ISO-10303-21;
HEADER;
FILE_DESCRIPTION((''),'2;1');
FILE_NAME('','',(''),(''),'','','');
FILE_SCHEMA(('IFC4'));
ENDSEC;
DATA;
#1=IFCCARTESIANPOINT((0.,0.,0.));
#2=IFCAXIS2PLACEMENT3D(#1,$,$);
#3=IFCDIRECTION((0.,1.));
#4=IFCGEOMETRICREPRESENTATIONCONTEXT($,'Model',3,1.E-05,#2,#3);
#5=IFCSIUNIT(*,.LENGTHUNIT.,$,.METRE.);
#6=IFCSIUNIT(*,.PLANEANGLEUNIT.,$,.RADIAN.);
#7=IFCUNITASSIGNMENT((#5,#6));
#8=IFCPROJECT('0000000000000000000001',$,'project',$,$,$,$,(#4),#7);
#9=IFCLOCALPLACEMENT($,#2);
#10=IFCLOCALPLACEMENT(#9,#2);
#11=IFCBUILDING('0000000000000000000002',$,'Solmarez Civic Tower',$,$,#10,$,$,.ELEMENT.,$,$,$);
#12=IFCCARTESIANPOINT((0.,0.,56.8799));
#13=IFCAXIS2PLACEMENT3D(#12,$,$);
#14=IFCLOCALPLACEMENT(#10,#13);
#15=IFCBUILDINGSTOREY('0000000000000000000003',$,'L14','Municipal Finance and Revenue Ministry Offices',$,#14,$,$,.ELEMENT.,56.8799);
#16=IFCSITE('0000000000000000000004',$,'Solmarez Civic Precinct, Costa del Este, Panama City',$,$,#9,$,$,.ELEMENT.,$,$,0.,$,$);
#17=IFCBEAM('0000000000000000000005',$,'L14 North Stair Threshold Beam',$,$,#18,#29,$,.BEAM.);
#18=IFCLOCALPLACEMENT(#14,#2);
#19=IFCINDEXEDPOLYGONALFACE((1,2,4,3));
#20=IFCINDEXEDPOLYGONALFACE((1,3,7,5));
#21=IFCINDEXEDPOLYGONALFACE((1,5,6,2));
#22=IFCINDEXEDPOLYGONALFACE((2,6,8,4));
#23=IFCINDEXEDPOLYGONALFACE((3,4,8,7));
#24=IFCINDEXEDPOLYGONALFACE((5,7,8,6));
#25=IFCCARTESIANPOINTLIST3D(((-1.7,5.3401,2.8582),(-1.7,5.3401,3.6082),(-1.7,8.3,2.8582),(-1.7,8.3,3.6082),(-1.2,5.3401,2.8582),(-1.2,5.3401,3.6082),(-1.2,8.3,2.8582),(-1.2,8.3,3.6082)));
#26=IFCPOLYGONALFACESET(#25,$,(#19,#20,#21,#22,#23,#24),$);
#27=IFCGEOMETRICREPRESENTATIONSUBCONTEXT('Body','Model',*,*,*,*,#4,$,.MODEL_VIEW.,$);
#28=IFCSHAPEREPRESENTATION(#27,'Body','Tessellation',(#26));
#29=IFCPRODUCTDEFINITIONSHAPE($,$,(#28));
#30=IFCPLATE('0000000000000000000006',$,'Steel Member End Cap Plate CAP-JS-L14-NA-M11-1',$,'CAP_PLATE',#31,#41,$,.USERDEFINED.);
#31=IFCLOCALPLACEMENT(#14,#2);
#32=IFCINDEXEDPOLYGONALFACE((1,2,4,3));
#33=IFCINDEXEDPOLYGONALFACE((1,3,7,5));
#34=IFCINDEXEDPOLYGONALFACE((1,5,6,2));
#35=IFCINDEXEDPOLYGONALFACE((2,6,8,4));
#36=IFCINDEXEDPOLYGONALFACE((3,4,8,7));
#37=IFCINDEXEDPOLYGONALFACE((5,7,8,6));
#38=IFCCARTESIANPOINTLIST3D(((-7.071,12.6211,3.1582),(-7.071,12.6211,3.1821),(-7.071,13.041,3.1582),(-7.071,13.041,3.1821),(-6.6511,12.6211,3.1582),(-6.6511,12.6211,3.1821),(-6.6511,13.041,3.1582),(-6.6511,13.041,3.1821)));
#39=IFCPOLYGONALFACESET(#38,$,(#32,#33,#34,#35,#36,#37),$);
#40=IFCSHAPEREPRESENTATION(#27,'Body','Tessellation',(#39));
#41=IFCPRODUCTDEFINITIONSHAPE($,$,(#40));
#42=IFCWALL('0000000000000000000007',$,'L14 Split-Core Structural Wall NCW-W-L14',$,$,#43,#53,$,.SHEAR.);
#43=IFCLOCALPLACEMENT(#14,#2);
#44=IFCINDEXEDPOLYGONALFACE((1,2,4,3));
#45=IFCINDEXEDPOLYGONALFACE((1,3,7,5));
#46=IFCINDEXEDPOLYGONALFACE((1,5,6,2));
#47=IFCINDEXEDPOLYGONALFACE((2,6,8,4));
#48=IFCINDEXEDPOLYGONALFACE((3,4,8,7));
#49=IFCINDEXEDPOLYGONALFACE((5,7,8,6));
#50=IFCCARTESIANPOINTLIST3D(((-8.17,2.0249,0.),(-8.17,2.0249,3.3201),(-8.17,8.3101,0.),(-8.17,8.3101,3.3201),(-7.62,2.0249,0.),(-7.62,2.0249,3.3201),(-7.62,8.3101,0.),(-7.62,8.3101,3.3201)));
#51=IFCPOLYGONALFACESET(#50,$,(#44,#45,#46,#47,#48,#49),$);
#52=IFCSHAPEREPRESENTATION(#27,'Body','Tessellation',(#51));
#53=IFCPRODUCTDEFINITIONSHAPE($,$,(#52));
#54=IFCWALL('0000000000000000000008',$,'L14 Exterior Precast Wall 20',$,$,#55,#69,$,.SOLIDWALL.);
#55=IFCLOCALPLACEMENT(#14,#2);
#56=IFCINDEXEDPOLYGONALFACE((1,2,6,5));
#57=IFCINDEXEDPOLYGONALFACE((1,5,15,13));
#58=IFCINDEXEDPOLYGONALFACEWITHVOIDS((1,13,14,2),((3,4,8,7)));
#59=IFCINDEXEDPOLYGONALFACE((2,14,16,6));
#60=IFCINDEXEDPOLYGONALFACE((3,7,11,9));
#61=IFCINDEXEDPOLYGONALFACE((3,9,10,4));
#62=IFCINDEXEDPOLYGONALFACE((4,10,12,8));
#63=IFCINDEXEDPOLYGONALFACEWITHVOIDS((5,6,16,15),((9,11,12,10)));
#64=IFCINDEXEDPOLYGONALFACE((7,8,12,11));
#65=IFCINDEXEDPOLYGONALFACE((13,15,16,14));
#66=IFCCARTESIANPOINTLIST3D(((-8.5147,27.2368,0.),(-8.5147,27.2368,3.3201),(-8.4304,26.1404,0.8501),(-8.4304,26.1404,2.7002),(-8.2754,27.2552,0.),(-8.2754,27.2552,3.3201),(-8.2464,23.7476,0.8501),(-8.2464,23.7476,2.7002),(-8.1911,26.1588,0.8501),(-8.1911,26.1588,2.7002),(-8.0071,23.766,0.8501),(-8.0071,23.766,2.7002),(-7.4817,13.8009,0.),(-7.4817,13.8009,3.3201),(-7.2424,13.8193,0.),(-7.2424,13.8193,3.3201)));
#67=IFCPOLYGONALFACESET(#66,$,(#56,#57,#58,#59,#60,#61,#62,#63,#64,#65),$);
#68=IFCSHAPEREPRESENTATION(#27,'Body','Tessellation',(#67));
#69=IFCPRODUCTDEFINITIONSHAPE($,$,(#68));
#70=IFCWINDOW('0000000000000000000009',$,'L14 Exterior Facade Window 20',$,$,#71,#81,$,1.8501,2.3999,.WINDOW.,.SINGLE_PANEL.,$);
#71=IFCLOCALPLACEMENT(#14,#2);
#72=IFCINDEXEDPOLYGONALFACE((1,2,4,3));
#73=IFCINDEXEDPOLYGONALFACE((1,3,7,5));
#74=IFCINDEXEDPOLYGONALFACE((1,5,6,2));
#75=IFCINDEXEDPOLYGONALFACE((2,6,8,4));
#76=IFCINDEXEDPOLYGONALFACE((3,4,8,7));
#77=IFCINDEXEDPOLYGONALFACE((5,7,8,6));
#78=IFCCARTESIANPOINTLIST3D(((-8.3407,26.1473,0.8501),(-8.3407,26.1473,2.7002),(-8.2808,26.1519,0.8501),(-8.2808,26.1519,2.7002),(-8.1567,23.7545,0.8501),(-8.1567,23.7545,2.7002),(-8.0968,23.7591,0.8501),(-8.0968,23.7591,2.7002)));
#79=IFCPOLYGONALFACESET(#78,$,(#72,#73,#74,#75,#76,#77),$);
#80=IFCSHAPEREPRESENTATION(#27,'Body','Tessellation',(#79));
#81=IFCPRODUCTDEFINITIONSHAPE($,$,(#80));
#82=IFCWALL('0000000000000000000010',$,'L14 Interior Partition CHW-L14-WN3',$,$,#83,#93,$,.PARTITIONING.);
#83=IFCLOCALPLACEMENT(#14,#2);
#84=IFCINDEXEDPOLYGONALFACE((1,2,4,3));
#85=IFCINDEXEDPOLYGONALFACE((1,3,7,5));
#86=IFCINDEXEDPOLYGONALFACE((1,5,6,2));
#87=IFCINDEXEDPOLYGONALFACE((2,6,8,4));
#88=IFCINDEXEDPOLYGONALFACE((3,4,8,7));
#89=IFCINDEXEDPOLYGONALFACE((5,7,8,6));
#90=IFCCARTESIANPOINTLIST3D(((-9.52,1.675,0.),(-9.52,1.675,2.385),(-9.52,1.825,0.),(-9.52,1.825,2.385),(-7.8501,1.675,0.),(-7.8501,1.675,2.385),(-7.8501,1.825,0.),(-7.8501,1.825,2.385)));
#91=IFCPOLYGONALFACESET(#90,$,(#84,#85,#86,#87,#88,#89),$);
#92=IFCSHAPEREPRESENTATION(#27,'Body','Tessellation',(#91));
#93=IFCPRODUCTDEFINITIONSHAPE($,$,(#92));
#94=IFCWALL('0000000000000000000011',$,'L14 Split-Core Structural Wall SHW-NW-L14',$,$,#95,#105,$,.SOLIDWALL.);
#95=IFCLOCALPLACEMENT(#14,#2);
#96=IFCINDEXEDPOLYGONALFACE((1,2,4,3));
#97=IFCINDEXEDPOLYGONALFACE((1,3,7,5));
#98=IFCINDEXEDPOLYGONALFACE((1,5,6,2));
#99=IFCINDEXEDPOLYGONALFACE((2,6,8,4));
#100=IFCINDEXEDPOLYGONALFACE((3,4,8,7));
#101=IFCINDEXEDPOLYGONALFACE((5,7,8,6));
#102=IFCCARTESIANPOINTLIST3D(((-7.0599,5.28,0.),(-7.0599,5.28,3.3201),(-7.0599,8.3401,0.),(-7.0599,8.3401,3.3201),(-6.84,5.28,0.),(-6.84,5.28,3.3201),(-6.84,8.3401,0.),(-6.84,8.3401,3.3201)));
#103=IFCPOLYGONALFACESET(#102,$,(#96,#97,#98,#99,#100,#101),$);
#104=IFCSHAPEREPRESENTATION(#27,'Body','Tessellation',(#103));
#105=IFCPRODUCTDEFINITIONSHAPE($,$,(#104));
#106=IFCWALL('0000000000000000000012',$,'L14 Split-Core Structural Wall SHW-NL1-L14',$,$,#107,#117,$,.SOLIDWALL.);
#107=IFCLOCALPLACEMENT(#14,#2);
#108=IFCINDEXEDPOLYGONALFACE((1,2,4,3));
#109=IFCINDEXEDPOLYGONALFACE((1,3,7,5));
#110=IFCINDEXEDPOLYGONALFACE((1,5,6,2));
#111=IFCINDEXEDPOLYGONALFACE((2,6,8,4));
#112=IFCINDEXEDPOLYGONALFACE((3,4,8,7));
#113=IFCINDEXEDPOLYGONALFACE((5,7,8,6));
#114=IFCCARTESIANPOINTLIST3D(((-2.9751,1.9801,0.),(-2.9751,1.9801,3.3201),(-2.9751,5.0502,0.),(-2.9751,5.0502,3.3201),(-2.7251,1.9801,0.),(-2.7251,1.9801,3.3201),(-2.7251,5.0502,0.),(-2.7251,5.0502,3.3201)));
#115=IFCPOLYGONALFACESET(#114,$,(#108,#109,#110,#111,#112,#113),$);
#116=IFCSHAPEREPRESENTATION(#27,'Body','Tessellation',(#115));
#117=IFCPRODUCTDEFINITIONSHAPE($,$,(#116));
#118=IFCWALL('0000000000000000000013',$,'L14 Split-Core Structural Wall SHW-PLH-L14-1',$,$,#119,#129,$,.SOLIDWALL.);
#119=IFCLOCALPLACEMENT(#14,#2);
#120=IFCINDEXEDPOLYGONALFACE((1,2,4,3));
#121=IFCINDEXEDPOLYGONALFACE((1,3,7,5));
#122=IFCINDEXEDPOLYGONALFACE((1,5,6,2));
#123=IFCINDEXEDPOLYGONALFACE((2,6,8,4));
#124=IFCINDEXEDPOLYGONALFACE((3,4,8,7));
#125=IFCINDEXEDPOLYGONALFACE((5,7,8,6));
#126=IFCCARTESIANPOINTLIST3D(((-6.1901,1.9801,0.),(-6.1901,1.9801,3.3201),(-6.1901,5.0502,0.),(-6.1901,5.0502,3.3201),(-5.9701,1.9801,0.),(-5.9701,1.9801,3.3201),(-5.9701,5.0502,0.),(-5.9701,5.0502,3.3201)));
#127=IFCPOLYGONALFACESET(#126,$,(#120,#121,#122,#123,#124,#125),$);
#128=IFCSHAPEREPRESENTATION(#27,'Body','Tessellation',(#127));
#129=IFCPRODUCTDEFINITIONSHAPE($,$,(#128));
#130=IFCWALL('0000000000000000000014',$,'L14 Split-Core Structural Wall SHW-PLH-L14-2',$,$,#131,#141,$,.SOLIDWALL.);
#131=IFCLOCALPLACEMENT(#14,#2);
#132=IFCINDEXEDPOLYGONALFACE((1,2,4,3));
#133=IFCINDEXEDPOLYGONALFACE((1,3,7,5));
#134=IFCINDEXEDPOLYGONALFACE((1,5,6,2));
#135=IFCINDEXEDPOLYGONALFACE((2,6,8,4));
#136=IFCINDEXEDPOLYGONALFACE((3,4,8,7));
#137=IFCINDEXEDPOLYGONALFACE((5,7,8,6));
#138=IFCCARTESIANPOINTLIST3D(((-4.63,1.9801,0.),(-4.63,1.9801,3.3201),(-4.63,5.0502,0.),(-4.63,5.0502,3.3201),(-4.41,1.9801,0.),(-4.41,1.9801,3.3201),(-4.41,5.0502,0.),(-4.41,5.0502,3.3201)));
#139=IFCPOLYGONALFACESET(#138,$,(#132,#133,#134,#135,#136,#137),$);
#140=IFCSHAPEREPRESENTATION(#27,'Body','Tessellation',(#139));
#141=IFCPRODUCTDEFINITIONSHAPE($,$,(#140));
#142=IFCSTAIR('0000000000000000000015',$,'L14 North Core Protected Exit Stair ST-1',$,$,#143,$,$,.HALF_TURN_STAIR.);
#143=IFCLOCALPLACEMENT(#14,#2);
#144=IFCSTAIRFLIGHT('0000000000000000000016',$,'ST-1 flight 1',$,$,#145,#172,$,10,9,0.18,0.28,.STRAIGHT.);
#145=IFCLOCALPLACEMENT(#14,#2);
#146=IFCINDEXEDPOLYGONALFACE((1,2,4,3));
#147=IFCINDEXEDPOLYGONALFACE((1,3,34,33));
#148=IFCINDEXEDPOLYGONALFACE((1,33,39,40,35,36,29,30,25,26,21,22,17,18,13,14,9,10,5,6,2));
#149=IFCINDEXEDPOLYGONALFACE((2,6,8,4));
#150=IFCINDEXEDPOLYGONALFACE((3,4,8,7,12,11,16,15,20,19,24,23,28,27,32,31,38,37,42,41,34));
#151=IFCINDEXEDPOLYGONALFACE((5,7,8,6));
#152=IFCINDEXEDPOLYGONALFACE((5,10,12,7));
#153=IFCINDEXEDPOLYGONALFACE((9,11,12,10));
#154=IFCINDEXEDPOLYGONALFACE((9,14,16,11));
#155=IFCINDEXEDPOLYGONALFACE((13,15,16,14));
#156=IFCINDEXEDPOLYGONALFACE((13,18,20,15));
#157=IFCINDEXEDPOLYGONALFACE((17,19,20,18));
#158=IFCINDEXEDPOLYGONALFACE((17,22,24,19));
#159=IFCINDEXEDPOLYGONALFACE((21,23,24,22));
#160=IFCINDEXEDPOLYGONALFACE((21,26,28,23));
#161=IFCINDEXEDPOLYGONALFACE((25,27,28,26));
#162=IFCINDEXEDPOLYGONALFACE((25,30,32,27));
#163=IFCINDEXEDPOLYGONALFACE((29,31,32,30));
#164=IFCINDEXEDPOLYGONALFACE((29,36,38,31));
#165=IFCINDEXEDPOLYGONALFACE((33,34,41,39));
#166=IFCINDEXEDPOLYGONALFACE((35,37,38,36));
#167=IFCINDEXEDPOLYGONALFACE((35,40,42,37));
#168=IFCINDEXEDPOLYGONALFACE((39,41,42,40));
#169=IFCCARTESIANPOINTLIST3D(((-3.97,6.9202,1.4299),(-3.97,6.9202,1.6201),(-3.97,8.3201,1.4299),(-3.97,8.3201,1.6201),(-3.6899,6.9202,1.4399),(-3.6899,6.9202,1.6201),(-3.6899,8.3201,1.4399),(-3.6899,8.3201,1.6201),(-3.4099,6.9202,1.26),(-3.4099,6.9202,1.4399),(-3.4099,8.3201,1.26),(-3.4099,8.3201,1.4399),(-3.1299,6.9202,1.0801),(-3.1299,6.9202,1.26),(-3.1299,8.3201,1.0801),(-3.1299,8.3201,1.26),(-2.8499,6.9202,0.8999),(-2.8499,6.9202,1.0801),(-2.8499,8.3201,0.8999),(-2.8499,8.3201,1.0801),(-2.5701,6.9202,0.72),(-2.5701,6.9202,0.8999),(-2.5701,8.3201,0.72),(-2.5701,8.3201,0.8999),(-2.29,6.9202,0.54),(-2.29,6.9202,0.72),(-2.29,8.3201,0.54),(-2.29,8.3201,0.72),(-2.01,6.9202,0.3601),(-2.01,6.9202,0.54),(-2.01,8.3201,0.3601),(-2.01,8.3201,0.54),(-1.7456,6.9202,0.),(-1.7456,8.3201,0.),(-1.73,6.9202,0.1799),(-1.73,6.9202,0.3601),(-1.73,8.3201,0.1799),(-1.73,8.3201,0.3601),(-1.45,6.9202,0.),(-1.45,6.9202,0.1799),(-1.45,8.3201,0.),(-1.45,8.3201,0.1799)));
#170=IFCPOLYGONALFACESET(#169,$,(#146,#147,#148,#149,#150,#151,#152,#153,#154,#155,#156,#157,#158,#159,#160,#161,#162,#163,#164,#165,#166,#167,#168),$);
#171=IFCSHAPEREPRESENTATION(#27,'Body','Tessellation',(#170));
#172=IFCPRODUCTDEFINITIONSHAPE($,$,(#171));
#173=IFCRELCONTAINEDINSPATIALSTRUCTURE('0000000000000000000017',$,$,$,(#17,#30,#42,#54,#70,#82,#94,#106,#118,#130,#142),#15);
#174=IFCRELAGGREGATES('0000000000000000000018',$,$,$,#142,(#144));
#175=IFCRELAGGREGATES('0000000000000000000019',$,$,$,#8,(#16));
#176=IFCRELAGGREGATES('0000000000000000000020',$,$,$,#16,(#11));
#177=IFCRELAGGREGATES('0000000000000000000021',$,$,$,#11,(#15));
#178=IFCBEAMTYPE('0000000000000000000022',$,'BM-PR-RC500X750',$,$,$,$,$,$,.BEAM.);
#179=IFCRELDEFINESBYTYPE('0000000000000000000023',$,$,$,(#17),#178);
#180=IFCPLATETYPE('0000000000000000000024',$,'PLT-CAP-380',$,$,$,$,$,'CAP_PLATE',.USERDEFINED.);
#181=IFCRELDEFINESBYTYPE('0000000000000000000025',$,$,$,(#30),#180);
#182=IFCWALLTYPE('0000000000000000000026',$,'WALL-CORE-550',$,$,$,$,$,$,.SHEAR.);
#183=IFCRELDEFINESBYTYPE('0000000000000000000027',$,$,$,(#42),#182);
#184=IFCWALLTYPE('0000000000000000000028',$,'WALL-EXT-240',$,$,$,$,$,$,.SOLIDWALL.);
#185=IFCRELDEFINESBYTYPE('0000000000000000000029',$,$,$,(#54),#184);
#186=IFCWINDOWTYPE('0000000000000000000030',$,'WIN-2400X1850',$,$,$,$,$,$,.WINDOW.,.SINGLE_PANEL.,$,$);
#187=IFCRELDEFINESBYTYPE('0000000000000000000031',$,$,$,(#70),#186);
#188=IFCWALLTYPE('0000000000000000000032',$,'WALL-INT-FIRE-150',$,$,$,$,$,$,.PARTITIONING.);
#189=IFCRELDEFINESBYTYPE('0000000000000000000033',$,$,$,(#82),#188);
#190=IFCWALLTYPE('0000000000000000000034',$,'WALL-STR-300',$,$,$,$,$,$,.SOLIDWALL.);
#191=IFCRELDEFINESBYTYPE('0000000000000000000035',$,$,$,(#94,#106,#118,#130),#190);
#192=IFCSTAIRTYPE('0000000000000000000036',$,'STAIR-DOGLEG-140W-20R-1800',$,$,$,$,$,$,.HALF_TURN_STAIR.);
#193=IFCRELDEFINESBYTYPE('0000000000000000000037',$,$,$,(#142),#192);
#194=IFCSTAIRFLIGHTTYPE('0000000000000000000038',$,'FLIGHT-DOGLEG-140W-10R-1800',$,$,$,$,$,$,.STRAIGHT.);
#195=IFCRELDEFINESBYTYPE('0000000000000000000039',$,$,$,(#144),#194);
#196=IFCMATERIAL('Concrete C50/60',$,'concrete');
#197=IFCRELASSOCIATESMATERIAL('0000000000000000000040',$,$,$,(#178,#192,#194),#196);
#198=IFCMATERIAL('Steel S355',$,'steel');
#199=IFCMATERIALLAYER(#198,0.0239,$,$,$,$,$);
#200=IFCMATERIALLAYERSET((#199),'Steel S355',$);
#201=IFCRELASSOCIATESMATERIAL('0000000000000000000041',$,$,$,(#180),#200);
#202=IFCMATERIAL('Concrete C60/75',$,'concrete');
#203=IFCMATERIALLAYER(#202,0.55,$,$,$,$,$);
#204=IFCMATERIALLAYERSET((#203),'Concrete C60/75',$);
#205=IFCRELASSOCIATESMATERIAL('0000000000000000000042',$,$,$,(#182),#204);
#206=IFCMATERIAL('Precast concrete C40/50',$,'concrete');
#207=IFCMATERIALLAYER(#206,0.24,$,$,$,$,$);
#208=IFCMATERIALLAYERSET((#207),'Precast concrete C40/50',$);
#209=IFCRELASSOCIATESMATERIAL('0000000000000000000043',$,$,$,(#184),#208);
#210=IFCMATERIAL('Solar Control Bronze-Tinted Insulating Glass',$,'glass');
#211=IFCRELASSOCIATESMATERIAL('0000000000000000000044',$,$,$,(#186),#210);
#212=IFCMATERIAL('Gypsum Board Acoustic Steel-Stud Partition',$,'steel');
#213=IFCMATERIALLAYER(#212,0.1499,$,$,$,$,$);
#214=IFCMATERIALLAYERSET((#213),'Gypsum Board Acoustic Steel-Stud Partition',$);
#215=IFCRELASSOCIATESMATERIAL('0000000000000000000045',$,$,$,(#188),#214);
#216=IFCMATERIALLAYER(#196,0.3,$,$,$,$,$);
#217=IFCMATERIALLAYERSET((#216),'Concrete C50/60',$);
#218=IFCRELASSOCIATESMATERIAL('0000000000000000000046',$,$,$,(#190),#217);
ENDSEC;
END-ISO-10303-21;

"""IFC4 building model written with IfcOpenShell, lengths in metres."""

from ifc_helpers import new_model, si_unit, direction, frame, frame_2d, origin, origin_2d, place, context, subcontext, project, spatial, polyline, rectangle, outline, extrude, material, layer, layer_set, material_profile, profile_set, type_object, element, fill, aggregate, save


model = new_model("IFC4")

# Units and contexts
model_context = context("Model", 3, precision=1e-05, world=origin(), true_north=direction((0.0, 1.0)))
body_context = subcontext(model_context, "Body", "Model", "MODEL_VIEW")
ifc_project = project(units=[si_unit("LENGTHUNIT", "METRE"), si_unit("PLANEANGLEUNIT", "RADIAN")], contexts=[model_context])

# Site, building, storey
site_placement = place(None, origin())
site = spatial("IfcSite", under=ifc_project, at=site_placement, Name="Solmarez Civic Precinct, Costa del Este, Panama City", CompositionType="ELEMENT", RefElevation=0.0)
building_placement = place(site_placement, origin())
building = spatial("IfcBuilding", under=site, at=building_placement, Name="Solmarez Civic Tower", CompositionType="ELEMENT")
storey_placement = place(building_placement, frame((0.0, 0.0, 56.8799)))
storey = spatial("IfcBuildingStorey", under=building, at=storey_placement, Name="L14", Description="Municipal Finance and Revenue Ministry Offices", CompositionType="ELEMENT", Elevation=56.8799)

# Beam
ifc_material_1 = material(Name="Concrete C50/60", Category="concrete")
ifc_material_profile = material_profile(ifc_material_1, rectangle(XDim=0.5, YDim=0.75, at=origin_2d()), Name="RC500X750")
ifc_profile_set = profile_set([ifc_material_profile], Name="Concrete C50/60")
beam_type = type_object("IfcBeamType", Name="BM-PR-RC500X750", PredefinedType="BEAM", material=ifc_profile_set)
beam_placement = place(storey_placement, frame((-1.45, 5.3401, 3.2332), z_axis=(0.0, 1.0, 0.0), x_axis=(-1.0, 0.0, 0.0)))
element("IfcBeam", 1, at=beam_placement, inside=storey, type_object=beam_type, Name="L14 North Stair Threshold Beam", PredefinedType="BEAM", context=body_context, shape_type="SweptSolid", body=[
    extrude(rectangle(XDim=0.5, YDim=0.75, at=origin_2d()), origin(), (0.0, 0.0, 1.0), 2.96),
])

# Plate
ifc_material_2 = material(Name="Steel S355", Category="steel")
ifc_layer_1 = layer(ifc_material_2, 0.0239)
ifc_layer_set_1 = layer_set([ifc_layer_1], Name="Steel S355")
plate_type = type_object("IfcPlateType", Name="PLT-CAP-380", ElementType="CAP_PLATE", PredefinedType="USERDEFINED", material=ifc_layer_set_1)
plate_placement = place(storey_placement, frame((-6.8611, 12.8311, 3.1582), z_axis=(0.0, 0.0, 1.0), x_axis=(1.0, 0.0, 0.0)))
element("IfcPlate", 2, at=plate_placement, inside=storey, type_object=plate_type, Name="Steel Member End Cap Plate CAP-JS-L14-NA-M11-1", ObjectType="CAP_PLATE", PredefinedType="USERDEFINED", context=body_context, shape_type="SweptSolid", body=[
    extrude(rectangle(XDim=0.4199, YDim=0.4199, at=origin_2d()), origin(), (0.0, 0.0, 1.0), 0.0239),
])

# Wall
ifc_material_3 = material(Name="Concrete C60/75", Category="concrete")
ifc_layer_2 = layer(ifc_material_3, 0.55)
ifc_layer_set_2 = layer_set([ifc_layer_2], Name="Concrete C60/75")
wall_type_1 = type_object("IfcWallType", Name="WALL-CORE-550", PredefinedType="SHEAR", material=ifc_layer_set_2)
wall_1_placement = place(storey_placement, frame((-7.895, 2.0249, 0.0), z_axis=(0.0, 0.0, 1.0), x_axis=(0.0, 1.0, 0.0)))
element("IfcWall", 3, at=wall_1_placement, inside=storey, type_object=wall_type_1, Name="L14 Split-Core Structural Wall NCW-W-L14", PredefinedType="SHEAR", context=body_context, shape_type="SweptSolid", body=[
    extrude(rectangle(XDim=6.2852, YDim=0.55, at=frame_2d((3.1426, 0.0))), origin(), (0.0, 0.0, 1.0), 3.3201),
])

# Wall, opening, window
ifc_material_4 = material(Name="Precast concrete C40/50", Category="concrete")
ifc_layer_3 = layer(ifc_material_4, 0.24)
ifc_layer_set_3 = layer_set([ifc_layer_3], Name="Precast concrete C40/50")
wall_type_2 = type_object("IfcWallType", Name="WALL-EXT-240", PredefinedType="SOLIDWALL", material=ifc_layer_set_3)
wall_2_placement = place(storey_placement, frame((-7.3621, 13.8101, 0.0), z_axis=(0.0, 0.0, 1.0), x_axis=(-0.076654, 0.997058, 0.0)))
wall_2 = element("IfcWall", 4, at=wall_2_placement, inside=storey, type_object=wall_type_2, Name="L14 Exterior Precast Wall 20", PredefinedType="SOLIDWALL", context=body_context, shape_type="SweptSolid", body=[
    extrude(rectangle(XDim=13.4756, YDim=0.24, at=frame_2d((6.7378, 0.0))), origin(), (0.0, 0.0, 1.0), 3.3201),
])
opening_placement = place(wall_2_placement, frame((9.9761, 0.0, 0.8501)))
opening = element("IfcOpeningElement", 5, at=opening_placement, cuts=wall_2, PredefinedType="OPENING", context=body_context, shape_type="SweptSolid", body=[
    extrude(rectangle(XDim=2.3999, YDim=1.8501, at=frame_2d((1.2, 0.925))), frame((0.0, 0.1299, 0.0), z_axis=(0.0, -1.0, 0.0), x_axis=(1.0, 0.0, 0.0)), (0.0, 0.0, 1.0), 0.26),
])
ifc_material_5 = material(Name="Solar Control Bronze-Tinted Insulating Glass", Category="glass")
window_type = type_object("IfcWindowType", Name="WIN-2400X1850", PartitioningType="SINGLE_PANEL", PredefinedType="WINDOW", material=ifc_material_5)
window_placement = place(opening_placement, origin())
window = element("IfcWindow", 6, at=window_placement, inside=storey, type_object=window_type, Name="L14 Exterior Facade Window 20", OverallHeight=1.8501, OverallWidth=2.3999, PartitioningType="SINGLE_PANEL", PredefinedType="WINDOW", context=body_context, shape_type="SweptSolid", body=[
    extrude(rectangle(XDim=2.3999, YDim=1.8501, at=frame_2d((1.2, 0.925))), frame((0.0, 0.03, 0.0), z_axis=(0.0, -1.0, 0.0), x_axis=(1.0, 0.0, 0.0)), (0.0, 0.0, 1.0), 0.0601),
])
fill(opening, window)

# Walls
ifc_material_6 = material(Name="Gypsum Board Acoustic Steel-Stud Partition", Category="steel")
ifc_layer_4 = layer(ifc_material_6, 0.1499)
ifc_layer_set_4 = layer_set([ifc_layer_4], Name="Gypsum Board Acoustic Steel-Stud Partition")
wall_type_3 = type_object("IfcWallType", Name="WALL-INT-FIRE-150", PredefinedType="PARTITIONING", material=ifc_layer_set_4)
wall_3_placement = place(storey_placement, frame((-7.8501, 1.75, 0.0), z_axis=(0.0, 0.0, 1.0), x_axis=(-1.0, 0.0, 0.0)))
element("IfcWall", 7, at=wall_3_placement, inside=storey, type_object=wall_type_3, Name="L14 Interior Partition CHW-L14-WN3", PredefinedType="PARTITIONING", context=body_context, shape_type="SweptSolid", body=[
    extrude(rectangle(XDim=1.6699, YDim=0.1499, at=frame_2d((0.835, 0.0))), origin(), (0.0, 0.0, 1.0), 2.385),
])
ifc_layer_5 = layer(ifc_material_1, 0.3)
ifc_layer_set_5 = layer_set([ifc_layer_5], Name="Concrete C50/60")
wall_type_4 = type_object("IfcWallType", Name="WALL-STR-300", PredefinedType="SOLIDWALL", material=ifc_layer_set_5)
wall_4_placement = place(storey_placement, frame((-6.95, 5.28, 0.0), z_axis=(0.0, 0.0, 1.0), x_axis=(0.0, 1.0, 0.0)))
element("IfcWall", 8, at=wall_4_placement, inside=storey, type_object=wall_type_4, Name="L14 Split-Core Structural Wall SHW-NW-L14", PredefinedType="SOLIDWALL", context=body_context, shape_type="SweptSolid", body=[
    extrude(rectangle(XDim=3.0601, YDim=0.22, at=frame_2d((1.53, 0.0))), origin(), (0.0, 0.0, 1.0), 3.3201),
])
wall_5_placement = place(storey_placement, frame((-2.8501, 1.98, 0.0), z_axis=(0.0, 0.0, 1.0), x_axis=(0.0, 1.0, 0.0)))
element("IfcWall", 9, at=wall_5_placement, inside=storey, type_object=wall_type_4, Name="L14 Split-Core Structural Wall SHW-NL1-L14", PredefinedType="SOLIDWALL", context=body_context, shape_type="SweptSolid", body=[
    extrude(rectangle(XDim=3.0701, YDim=0.25, at=frame_2d((1.5352, 0.0))), origin(), (0.0, 0.0, 1.0), 3.3201),
])
for number, where, z_axis, x_axis, name in (
    (10, (-6.0801, 1.98, 0.0), (0.0, 0.0, 1.0), (0.0, 1.0, 0.0), "L14 Split-Core Structural Wall SHW-PLH-L14-1"),
    (11, (-4.52, 1.98, 0.0), (0.0, 0.0, 1.0), (0.0, 1.0, 0.0), "L14 Split-Core Structural Wall SHW-PLH-L14-2"),
):
    element("IfcWall", number, at=place(storey_placement, frame(where, z_axis=z_axis, x_axis=x_axis)), inside=storey, type_object=wall_type_4, Name=name, PredefinedType="SOLIDWALL", context=body_context, shape_type="SweptSolid", body=[
        extrude(rectangle(XDim=3.0701, YDim=0.22, at=frame_2d((1.5352, 0.0))), origin(), (0.0, 0.0, 1.0), 3.3201),
    ])

# Stair, stair flight
stair_type = type_object("IfcStairType", Name="STAIR-DOGLEG-140W-20R-1800", PredefinedType="HALF_TURN_STAIR", material=ifc_material_1)
stair_placement = place(storey_placement, origin())
stair = element("IfcStair", 12, at=stair_placement, inside=storey, type_object=stair_type, Name="L14 North Core Protected Exit Stair ST-1", PredefinedType="HALF_TURN_STAIR")
stair_flight_type = type_object("IfcStairFlightType", Name="FLIGHT-DOGLEG-140W-10R-1800", PredefinedType="STRAIGHT", material=ifc_material_1)
stair_flight_1_placement = place(storey_placement, frame((-1.45, 7.6201, 0.0), z_axis=(0.0, 0.0, 1.0), x_axis=(-1.0, 0.0, 0.0)))
stair_flight_1 = element("IfcStairFlight", 13, at=stair_flight_1_placement, type_object=stair_flight_type, Name="ST-1 flight 1", NumberOfRisers=10, NumberOfTreads=9, PredefinedType="STRAIGHT", RiserHeight=0.18, TreadLength=0.28, context=body_context, shape_type="SweptSolid", body=[
    extrude(outline(polyline([(0.0, 0.0), (0.0, 0.1799), (0.28, 0.1799), (0.28, 0.3601), (0.5601, 0.3601), (0.5601, 0.54), (0.8401, 0.54), (0.8401, 0.72), (1.1201, 0.72), (1.1201, 0.8999), (1.3999, 0.8999), (1.3999, 1.0801), (1.6799, 1.0801), (1.6799, 1.26), (1.96, 1.26), (1.96, 1.4399), (2.24, 1.4399), (2.24, 1.6201), (2.52, 1.6201), (2.52, 1.8), (2.52, 1.4299), (0.2957, 0.0), (0.0, 0.0)])), frame((0.0, 0.7, 0.0), z_axis=(0.0, -1.0, 0.0), x_axis=(1.0, 0.0, 0.0)), (0.0, 0.0, 1.0), 1.3999),
])
aggregate(stair, [stair_flight_1])

save(model, "model.ifc")
